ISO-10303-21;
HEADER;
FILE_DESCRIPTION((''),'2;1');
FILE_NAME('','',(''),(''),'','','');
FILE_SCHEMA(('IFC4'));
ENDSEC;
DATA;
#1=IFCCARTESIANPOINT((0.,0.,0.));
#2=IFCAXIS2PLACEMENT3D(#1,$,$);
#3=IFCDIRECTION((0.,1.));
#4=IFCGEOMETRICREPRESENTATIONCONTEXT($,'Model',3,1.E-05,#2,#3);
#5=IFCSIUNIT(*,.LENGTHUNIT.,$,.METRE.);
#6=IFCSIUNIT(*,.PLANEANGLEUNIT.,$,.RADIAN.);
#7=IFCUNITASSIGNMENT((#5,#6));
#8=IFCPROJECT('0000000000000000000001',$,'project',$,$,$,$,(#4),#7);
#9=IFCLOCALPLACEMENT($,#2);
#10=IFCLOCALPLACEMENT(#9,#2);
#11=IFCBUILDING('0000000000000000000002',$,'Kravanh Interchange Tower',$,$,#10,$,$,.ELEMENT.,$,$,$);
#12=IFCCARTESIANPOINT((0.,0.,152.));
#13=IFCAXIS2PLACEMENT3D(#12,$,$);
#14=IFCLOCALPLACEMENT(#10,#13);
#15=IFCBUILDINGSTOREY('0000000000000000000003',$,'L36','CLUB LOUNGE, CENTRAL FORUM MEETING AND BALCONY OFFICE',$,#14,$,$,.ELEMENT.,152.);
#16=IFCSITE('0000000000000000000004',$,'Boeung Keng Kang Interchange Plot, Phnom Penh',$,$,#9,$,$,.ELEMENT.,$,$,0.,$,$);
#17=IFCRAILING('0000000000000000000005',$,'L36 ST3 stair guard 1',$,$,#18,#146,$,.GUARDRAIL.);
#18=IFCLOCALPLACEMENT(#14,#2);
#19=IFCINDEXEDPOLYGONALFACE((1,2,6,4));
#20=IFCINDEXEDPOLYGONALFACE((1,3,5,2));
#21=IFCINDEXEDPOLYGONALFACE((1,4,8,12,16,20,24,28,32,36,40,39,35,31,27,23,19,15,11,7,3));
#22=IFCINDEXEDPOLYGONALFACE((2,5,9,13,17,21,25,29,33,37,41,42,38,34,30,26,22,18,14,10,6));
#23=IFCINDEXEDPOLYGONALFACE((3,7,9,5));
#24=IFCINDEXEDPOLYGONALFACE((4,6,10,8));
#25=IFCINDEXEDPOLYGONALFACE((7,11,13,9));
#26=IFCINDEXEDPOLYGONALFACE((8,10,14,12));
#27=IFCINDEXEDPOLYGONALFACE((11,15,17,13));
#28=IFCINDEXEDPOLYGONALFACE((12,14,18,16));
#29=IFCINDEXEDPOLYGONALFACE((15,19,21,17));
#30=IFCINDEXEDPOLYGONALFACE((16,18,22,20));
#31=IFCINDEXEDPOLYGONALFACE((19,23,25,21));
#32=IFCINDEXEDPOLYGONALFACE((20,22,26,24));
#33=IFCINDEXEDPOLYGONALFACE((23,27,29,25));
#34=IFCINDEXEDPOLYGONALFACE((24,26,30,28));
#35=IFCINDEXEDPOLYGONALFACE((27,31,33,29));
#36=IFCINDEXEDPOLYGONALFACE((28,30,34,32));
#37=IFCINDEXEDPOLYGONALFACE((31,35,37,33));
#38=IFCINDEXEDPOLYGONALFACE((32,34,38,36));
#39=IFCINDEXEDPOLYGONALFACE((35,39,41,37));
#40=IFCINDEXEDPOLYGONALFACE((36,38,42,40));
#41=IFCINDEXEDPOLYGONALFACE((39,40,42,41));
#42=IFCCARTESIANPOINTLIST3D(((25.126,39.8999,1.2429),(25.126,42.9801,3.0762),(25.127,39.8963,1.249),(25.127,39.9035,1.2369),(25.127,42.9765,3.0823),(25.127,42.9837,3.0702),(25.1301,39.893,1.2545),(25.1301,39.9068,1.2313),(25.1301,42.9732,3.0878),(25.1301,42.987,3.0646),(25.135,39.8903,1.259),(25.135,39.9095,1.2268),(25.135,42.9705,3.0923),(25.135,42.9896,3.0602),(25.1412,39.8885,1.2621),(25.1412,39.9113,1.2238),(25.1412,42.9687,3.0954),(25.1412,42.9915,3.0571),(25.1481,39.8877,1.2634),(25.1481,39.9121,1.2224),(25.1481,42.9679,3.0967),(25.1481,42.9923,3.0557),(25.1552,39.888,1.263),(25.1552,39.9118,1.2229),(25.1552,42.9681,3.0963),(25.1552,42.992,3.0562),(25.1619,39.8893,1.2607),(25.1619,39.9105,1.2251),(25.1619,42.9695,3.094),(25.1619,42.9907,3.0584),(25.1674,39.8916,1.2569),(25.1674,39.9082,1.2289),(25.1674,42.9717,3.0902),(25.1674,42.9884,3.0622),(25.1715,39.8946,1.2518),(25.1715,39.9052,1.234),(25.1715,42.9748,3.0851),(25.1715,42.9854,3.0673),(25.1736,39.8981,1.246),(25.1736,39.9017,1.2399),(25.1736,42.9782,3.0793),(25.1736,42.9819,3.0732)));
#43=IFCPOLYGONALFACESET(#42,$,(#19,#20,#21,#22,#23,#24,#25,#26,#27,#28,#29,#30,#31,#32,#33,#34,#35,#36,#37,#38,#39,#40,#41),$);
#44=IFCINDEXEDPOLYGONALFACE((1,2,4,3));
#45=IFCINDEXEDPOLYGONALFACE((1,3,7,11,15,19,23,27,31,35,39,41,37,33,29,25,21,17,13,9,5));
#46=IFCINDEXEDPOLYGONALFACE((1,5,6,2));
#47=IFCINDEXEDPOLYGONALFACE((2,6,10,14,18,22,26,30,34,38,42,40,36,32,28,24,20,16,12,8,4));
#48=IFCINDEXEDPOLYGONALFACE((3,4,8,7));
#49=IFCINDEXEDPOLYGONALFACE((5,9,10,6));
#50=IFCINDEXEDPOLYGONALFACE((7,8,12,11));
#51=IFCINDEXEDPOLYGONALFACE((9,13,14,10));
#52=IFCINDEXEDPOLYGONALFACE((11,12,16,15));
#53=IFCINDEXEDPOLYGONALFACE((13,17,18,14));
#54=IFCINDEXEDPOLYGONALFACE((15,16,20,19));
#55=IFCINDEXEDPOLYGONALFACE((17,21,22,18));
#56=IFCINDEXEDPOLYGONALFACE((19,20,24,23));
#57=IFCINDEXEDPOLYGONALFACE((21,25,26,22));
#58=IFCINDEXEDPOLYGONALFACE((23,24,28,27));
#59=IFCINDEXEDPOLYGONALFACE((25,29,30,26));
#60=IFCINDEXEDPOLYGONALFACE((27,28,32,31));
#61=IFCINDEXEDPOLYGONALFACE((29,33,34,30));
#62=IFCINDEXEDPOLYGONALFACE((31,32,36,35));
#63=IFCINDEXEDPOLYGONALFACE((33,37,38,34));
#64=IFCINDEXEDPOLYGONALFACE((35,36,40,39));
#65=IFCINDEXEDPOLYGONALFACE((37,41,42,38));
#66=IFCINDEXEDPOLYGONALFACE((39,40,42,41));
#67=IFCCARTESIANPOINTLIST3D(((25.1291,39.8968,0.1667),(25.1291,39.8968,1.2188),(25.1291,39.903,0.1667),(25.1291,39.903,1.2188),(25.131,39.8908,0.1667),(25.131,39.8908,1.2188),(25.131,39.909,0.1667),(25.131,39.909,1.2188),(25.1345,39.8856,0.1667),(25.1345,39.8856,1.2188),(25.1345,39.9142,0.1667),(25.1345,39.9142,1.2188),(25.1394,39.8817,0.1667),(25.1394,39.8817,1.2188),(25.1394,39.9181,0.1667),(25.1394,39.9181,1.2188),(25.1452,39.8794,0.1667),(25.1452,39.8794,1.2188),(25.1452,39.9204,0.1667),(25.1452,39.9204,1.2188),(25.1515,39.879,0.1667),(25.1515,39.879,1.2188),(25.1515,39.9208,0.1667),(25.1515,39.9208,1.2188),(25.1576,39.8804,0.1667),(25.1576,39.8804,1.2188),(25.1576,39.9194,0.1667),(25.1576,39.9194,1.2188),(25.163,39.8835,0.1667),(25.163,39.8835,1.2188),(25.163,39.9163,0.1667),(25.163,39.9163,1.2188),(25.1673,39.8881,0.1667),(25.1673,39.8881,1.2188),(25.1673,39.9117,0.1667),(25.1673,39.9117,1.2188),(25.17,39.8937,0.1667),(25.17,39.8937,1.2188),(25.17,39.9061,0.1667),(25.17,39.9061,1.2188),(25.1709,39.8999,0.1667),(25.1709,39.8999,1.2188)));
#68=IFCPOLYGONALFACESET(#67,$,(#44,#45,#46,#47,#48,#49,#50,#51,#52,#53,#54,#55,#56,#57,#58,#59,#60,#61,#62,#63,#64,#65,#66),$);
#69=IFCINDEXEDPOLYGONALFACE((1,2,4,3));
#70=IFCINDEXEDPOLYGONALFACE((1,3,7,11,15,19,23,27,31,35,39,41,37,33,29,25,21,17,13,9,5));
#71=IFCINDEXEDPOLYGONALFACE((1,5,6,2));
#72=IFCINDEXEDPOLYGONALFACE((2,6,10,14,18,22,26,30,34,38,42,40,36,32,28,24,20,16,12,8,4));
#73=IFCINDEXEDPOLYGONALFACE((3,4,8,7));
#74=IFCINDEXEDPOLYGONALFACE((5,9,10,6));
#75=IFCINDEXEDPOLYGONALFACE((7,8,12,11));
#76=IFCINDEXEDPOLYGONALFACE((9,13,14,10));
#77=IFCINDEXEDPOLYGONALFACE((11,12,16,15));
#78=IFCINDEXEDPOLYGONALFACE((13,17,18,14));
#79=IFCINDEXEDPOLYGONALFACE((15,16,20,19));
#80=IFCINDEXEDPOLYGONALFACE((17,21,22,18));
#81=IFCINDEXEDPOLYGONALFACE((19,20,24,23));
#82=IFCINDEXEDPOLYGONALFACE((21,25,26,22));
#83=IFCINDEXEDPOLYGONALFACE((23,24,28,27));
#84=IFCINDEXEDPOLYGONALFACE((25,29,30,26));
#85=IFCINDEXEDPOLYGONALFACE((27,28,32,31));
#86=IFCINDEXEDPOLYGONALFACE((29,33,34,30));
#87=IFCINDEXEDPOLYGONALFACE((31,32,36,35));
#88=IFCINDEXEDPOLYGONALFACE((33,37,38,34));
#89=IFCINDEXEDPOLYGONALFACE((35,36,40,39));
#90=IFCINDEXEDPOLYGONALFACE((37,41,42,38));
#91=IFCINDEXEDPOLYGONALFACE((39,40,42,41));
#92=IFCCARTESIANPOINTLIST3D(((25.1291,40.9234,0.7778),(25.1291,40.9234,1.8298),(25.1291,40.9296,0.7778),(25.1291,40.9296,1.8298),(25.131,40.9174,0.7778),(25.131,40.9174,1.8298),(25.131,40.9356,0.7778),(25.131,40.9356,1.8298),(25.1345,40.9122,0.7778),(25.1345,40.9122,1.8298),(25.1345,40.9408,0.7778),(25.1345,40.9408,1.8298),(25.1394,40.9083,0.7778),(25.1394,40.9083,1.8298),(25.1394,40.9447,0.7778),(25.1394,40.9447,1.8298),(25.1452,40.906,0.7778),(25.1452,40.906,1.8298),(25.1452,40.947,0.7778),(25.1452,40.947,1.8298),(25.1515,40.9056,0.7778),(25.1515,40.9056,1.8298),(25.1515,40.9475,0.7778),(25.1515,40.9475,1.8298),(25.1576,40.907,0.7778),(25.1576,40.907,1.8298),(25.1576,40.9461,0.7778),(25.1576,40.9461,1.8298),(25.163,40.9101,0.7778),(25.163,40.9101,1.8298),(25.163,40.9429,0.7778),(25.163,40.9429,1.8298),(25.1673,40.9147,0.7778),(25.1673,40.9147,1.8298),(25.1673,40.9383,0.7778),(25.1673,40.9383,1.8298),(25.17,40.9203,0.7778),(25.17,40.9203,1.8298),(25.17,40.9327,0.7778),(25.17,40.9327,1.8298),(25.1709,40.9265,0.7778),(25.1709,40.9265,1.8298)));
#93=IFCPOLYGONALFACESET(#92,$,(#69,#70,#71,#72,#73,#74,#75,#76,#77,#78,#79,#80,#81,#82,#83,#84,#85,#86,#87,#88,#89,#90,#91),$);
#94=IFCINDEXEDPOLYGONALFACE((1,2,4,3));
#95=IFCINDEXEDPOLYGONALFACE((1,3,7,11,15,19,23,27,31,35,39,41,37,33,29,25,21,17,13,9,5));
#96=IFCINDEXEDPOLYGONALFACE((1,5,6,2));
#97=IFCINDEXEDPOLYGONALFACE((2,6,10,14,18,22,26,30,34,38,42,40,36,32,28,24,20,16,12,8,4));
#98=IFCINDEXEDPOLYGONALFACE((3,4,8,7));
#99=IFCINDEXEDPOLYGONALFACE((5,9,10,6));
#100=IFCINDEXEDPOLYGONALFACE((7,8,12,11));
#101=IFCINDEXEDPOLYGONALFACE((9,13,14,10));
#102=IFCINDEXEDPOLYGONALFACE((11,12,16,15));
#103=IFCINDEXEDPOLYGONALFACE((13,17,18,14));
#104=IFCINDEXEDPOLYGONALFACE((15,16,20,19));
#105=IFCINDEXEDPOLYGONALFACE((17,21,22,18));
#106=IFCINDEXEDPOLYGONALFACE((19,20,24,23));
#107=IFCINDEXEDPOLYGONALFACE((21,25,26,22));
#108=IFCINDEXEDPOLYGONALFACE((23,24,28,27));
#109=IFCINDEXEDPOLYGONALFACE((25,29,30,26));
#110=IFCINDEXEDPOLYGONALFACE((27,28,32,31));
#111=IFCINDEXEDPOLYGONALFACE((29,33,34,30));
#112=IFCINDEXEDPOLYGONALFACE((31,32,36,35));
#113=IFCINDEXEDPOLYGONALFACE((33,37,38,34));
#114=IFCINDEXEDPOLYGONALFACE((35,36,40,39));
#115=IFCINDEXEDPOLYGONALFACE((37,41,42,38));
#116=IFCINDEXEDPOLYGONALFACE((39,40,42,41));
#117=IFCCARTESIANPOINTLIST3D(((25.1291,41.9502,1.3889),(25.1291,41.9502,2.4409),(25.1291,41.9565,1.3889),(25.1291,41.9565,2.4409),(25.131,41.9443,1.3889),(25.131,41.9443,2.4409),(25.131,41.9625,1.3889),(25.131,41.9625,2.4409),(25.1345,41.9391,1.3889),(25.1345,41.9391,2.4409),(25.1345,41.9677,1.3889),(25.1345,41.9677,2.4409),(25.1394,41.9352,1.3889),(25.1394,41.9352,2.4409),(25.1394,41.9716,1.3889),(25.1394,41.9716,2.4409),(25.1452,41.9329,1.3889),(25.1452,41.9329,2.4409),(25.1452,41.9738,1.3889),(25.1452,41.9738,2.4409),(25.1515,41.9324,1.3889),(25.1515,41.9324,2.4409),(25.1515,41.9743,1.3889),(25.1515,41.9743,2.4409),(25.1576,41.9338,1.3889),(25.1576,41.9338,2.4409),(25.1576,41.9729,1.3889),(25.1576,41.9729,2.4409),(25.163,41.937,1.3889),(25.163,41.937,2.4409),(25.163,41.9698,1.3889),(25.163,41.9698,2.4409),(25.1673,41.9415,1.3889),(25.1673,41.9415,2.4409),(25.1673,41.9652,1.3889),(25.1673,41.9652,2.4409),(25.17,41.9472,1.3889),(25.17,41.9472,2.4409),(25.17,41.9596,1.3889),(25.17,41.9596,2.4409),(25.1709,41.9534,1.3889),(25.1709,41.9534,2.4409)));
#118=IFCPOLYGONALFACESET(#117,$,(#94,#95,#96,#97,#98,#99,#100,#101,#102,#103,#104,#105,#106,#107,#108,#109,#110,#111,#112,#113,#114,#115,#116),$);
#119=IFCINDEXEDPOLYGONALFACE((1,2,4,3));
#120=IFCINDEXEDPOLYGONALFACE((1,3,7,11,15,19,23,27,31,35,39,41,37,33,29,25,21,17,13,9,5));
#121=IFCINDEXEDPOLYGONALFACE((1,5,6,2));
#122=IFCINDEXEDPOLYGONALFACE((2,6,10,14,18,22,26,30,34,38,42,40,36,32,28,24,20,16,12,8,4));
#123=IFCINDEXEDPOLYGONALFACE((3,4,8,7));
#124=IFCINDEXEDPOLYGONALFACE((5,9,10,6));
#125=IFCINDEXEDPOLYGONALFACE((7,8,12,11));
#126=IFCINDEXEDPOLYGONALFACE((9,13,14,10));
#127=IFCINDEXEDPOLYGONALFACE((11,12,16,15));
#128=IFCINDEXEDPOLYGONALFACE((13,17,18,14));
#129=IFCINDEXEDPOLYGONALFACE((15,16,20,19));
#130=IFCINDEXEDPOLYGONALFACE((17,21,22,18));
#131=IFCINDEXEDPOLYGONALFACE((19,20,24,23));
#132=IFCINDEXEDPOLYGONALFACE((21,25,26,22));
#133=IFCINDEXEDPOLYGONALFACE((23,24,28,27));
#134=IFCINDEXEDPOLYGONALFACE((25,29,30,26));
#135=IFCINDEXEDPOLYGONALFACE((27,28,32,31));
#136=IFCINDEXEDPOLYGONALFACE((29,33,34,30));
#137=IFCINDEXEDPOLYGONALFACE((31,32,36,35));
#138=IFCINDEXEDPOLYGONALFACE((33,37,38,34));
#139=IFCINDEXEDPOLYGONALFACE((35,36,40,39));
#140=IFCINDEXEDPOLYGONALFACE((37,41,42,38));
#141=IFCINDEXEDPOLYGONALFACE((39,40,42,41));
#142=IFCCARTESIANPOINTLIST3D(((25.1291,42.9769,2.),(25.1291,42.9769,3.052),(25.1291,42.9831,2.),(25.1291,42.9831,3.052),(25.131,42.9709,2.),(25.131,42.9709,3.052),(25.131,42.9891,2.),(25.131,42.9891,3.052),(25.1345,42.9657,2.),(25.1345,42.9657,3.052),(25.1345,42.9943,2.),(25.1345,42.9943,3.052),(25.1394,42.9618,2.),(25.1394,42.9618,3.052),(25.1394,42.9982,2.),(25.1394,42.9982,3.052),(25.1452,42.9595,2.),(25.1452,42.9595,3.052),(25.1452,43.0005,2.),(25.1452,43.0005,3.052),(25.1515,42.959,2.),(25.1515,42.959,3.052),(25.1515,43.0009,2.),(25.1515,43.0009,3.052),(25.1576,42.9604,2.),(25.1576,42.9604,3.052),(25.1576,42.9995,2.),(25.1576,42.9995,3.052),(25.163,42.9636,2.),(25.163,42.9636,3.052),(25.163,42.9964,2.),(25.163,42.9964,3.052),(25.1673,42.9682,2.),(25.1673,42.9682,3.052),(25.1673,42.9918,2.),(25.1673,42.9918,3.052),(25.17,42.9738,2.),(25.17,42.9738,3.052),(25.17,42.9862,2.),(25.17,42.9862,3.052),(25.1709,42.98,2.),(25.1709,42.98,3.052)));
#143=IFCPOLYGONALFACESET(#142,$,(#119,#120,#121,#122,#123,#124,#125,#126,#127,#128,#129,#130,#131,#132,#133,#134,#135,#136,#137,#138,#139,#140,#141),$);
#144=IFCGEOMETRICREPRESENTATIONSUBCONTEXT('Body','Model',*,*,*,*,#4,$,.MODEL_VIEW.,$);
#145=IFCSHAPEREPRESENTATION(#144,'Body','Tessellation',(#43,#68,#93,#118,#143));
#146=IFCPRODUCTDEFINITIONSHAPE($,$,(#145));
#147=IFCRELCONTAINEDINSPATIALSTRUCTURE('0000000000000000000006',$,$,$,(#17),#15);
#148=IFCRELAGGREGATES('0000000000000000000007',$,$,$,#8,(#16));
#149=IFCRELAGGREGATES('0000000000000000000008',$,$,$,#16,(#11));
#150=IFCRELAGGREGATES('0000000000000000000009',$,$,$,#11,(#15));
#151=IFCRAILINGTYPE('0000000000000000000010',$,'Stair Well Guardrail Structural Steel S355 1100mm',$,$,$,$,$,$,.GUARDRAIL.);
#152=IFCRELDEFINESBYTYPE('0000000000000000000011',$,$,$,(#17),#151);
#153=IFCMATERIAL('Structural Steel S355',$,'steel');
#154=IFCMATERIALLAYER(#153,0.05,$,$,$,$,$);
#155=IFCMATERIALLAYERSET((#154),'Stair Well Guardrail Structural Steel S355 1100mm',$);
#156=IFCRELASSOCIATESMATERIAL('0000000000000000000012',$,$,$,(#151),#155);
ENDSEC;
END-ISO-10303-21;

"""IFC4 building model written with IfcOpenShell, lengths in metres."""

from ifc_helpers import new_model, si_unit, direction, frame, origin, origin_2d, place, context, subcontext, project, spatial, circle, extrude, material, layer, layer_set, type_object, element, save


model = new_model("IFC4")

# Units and contexts
model_context = context("Model", 3, precision=1e-05, world=origin(), true_north=direction((0.0, 1.0)))
body_context = subcontext(model_context, "Body", "Model", "MODEL_VIEW")
ifc_project = project(units=[si_unit("LENGTHUNIT", "METRE"), si_unit("PLANEANGLEUNIT", "RADIAN")], contexts=[model_context])

# Site, building, storey
site_placement = place(None, origin())
site = spatial("IfcSite", under=ifc_project, at=site_placement, Name="Boeung Keng Kang Interchange Plot, Phnom Penh", CompositionType="ELEMENT", RefElevation=0.0)
building_placement = place(site_placement, origin())
building = spatial("IfcBuilding", under=site, at=building_placement, Name="Kravanh Interchange Tower", CompositionType="ELEMENT")
storey_placement = place(building_placement, frame((0.0, 0.0, 152.0)))
storey = spatial("IfcBuildingStorey", under=building, at=storey_placement, Name="L36", Description="CLUB LOUNGE, CENTRAL FORUM MEETING AND BALCONY OFFICE", CompositionType="ELEMENT", Elevation=152.0)

# Railing
ifc_material_1 = material(Name="Structural Steel S355", Category="steel")
ifc_layer_1 = layer(ifc_material_1, 0.05)
ifc_layer_set_1 = layer_set([ifc_layer_1], Name="Stair Well Guardrail Structural Steel S355 1100mm")
railing_type_1 = type_object("IfcRailingType", Name="Stair Well Guardrail Structural Steel S355 1100mm", PredefinedType="GUARDRAIL", material=ifc_layer_set_1)
railing_1_placement = place(storey_placement, frame((25.1499, 39.8999, 0.1667)))
element("IfcRailing", 1, at=railing_1_placement, inside=storey, type_object=railing_type_1, Name="L36 ST3 stair guard 1", PredefinedType="GUARDRAIL", context=body_context, shape_type="SweptSolid", body=[
    extrude(circle(Radius=0.0239, at=origin_2d()), frame((0.0, 0.0, 1.0762), z_axis=(0.0, 0.859309, 0.511458), x_axis=(-1.0, 0.0, 0.0)), (0.0, 0.0, 1.0), 3.5845),
    extrude(circle(Radius=0.021, at=origin_2d()), origin(), (0.0, 0.0, 1.0), 1.052),
    extrude(circle(Radius=0.021, at=origin_2d()), frame((0.0, 1.0266, 0.6111)), (0.0, 0.0, 1.0), 1.052),
    extrude(circle(Radius=0.021, at=origin_2d()), frame((0.0, 2.0535, 1.2222)), (0.0, 0.0, 1.0), 1.052),
    extrude(circle(Radius=0.021, at=origin_2d()), frame((0.0, 3.0801, 1.8333)), (0.0, 0.0, 1.0), 1.052),
])

save(model, "model.ifc")
